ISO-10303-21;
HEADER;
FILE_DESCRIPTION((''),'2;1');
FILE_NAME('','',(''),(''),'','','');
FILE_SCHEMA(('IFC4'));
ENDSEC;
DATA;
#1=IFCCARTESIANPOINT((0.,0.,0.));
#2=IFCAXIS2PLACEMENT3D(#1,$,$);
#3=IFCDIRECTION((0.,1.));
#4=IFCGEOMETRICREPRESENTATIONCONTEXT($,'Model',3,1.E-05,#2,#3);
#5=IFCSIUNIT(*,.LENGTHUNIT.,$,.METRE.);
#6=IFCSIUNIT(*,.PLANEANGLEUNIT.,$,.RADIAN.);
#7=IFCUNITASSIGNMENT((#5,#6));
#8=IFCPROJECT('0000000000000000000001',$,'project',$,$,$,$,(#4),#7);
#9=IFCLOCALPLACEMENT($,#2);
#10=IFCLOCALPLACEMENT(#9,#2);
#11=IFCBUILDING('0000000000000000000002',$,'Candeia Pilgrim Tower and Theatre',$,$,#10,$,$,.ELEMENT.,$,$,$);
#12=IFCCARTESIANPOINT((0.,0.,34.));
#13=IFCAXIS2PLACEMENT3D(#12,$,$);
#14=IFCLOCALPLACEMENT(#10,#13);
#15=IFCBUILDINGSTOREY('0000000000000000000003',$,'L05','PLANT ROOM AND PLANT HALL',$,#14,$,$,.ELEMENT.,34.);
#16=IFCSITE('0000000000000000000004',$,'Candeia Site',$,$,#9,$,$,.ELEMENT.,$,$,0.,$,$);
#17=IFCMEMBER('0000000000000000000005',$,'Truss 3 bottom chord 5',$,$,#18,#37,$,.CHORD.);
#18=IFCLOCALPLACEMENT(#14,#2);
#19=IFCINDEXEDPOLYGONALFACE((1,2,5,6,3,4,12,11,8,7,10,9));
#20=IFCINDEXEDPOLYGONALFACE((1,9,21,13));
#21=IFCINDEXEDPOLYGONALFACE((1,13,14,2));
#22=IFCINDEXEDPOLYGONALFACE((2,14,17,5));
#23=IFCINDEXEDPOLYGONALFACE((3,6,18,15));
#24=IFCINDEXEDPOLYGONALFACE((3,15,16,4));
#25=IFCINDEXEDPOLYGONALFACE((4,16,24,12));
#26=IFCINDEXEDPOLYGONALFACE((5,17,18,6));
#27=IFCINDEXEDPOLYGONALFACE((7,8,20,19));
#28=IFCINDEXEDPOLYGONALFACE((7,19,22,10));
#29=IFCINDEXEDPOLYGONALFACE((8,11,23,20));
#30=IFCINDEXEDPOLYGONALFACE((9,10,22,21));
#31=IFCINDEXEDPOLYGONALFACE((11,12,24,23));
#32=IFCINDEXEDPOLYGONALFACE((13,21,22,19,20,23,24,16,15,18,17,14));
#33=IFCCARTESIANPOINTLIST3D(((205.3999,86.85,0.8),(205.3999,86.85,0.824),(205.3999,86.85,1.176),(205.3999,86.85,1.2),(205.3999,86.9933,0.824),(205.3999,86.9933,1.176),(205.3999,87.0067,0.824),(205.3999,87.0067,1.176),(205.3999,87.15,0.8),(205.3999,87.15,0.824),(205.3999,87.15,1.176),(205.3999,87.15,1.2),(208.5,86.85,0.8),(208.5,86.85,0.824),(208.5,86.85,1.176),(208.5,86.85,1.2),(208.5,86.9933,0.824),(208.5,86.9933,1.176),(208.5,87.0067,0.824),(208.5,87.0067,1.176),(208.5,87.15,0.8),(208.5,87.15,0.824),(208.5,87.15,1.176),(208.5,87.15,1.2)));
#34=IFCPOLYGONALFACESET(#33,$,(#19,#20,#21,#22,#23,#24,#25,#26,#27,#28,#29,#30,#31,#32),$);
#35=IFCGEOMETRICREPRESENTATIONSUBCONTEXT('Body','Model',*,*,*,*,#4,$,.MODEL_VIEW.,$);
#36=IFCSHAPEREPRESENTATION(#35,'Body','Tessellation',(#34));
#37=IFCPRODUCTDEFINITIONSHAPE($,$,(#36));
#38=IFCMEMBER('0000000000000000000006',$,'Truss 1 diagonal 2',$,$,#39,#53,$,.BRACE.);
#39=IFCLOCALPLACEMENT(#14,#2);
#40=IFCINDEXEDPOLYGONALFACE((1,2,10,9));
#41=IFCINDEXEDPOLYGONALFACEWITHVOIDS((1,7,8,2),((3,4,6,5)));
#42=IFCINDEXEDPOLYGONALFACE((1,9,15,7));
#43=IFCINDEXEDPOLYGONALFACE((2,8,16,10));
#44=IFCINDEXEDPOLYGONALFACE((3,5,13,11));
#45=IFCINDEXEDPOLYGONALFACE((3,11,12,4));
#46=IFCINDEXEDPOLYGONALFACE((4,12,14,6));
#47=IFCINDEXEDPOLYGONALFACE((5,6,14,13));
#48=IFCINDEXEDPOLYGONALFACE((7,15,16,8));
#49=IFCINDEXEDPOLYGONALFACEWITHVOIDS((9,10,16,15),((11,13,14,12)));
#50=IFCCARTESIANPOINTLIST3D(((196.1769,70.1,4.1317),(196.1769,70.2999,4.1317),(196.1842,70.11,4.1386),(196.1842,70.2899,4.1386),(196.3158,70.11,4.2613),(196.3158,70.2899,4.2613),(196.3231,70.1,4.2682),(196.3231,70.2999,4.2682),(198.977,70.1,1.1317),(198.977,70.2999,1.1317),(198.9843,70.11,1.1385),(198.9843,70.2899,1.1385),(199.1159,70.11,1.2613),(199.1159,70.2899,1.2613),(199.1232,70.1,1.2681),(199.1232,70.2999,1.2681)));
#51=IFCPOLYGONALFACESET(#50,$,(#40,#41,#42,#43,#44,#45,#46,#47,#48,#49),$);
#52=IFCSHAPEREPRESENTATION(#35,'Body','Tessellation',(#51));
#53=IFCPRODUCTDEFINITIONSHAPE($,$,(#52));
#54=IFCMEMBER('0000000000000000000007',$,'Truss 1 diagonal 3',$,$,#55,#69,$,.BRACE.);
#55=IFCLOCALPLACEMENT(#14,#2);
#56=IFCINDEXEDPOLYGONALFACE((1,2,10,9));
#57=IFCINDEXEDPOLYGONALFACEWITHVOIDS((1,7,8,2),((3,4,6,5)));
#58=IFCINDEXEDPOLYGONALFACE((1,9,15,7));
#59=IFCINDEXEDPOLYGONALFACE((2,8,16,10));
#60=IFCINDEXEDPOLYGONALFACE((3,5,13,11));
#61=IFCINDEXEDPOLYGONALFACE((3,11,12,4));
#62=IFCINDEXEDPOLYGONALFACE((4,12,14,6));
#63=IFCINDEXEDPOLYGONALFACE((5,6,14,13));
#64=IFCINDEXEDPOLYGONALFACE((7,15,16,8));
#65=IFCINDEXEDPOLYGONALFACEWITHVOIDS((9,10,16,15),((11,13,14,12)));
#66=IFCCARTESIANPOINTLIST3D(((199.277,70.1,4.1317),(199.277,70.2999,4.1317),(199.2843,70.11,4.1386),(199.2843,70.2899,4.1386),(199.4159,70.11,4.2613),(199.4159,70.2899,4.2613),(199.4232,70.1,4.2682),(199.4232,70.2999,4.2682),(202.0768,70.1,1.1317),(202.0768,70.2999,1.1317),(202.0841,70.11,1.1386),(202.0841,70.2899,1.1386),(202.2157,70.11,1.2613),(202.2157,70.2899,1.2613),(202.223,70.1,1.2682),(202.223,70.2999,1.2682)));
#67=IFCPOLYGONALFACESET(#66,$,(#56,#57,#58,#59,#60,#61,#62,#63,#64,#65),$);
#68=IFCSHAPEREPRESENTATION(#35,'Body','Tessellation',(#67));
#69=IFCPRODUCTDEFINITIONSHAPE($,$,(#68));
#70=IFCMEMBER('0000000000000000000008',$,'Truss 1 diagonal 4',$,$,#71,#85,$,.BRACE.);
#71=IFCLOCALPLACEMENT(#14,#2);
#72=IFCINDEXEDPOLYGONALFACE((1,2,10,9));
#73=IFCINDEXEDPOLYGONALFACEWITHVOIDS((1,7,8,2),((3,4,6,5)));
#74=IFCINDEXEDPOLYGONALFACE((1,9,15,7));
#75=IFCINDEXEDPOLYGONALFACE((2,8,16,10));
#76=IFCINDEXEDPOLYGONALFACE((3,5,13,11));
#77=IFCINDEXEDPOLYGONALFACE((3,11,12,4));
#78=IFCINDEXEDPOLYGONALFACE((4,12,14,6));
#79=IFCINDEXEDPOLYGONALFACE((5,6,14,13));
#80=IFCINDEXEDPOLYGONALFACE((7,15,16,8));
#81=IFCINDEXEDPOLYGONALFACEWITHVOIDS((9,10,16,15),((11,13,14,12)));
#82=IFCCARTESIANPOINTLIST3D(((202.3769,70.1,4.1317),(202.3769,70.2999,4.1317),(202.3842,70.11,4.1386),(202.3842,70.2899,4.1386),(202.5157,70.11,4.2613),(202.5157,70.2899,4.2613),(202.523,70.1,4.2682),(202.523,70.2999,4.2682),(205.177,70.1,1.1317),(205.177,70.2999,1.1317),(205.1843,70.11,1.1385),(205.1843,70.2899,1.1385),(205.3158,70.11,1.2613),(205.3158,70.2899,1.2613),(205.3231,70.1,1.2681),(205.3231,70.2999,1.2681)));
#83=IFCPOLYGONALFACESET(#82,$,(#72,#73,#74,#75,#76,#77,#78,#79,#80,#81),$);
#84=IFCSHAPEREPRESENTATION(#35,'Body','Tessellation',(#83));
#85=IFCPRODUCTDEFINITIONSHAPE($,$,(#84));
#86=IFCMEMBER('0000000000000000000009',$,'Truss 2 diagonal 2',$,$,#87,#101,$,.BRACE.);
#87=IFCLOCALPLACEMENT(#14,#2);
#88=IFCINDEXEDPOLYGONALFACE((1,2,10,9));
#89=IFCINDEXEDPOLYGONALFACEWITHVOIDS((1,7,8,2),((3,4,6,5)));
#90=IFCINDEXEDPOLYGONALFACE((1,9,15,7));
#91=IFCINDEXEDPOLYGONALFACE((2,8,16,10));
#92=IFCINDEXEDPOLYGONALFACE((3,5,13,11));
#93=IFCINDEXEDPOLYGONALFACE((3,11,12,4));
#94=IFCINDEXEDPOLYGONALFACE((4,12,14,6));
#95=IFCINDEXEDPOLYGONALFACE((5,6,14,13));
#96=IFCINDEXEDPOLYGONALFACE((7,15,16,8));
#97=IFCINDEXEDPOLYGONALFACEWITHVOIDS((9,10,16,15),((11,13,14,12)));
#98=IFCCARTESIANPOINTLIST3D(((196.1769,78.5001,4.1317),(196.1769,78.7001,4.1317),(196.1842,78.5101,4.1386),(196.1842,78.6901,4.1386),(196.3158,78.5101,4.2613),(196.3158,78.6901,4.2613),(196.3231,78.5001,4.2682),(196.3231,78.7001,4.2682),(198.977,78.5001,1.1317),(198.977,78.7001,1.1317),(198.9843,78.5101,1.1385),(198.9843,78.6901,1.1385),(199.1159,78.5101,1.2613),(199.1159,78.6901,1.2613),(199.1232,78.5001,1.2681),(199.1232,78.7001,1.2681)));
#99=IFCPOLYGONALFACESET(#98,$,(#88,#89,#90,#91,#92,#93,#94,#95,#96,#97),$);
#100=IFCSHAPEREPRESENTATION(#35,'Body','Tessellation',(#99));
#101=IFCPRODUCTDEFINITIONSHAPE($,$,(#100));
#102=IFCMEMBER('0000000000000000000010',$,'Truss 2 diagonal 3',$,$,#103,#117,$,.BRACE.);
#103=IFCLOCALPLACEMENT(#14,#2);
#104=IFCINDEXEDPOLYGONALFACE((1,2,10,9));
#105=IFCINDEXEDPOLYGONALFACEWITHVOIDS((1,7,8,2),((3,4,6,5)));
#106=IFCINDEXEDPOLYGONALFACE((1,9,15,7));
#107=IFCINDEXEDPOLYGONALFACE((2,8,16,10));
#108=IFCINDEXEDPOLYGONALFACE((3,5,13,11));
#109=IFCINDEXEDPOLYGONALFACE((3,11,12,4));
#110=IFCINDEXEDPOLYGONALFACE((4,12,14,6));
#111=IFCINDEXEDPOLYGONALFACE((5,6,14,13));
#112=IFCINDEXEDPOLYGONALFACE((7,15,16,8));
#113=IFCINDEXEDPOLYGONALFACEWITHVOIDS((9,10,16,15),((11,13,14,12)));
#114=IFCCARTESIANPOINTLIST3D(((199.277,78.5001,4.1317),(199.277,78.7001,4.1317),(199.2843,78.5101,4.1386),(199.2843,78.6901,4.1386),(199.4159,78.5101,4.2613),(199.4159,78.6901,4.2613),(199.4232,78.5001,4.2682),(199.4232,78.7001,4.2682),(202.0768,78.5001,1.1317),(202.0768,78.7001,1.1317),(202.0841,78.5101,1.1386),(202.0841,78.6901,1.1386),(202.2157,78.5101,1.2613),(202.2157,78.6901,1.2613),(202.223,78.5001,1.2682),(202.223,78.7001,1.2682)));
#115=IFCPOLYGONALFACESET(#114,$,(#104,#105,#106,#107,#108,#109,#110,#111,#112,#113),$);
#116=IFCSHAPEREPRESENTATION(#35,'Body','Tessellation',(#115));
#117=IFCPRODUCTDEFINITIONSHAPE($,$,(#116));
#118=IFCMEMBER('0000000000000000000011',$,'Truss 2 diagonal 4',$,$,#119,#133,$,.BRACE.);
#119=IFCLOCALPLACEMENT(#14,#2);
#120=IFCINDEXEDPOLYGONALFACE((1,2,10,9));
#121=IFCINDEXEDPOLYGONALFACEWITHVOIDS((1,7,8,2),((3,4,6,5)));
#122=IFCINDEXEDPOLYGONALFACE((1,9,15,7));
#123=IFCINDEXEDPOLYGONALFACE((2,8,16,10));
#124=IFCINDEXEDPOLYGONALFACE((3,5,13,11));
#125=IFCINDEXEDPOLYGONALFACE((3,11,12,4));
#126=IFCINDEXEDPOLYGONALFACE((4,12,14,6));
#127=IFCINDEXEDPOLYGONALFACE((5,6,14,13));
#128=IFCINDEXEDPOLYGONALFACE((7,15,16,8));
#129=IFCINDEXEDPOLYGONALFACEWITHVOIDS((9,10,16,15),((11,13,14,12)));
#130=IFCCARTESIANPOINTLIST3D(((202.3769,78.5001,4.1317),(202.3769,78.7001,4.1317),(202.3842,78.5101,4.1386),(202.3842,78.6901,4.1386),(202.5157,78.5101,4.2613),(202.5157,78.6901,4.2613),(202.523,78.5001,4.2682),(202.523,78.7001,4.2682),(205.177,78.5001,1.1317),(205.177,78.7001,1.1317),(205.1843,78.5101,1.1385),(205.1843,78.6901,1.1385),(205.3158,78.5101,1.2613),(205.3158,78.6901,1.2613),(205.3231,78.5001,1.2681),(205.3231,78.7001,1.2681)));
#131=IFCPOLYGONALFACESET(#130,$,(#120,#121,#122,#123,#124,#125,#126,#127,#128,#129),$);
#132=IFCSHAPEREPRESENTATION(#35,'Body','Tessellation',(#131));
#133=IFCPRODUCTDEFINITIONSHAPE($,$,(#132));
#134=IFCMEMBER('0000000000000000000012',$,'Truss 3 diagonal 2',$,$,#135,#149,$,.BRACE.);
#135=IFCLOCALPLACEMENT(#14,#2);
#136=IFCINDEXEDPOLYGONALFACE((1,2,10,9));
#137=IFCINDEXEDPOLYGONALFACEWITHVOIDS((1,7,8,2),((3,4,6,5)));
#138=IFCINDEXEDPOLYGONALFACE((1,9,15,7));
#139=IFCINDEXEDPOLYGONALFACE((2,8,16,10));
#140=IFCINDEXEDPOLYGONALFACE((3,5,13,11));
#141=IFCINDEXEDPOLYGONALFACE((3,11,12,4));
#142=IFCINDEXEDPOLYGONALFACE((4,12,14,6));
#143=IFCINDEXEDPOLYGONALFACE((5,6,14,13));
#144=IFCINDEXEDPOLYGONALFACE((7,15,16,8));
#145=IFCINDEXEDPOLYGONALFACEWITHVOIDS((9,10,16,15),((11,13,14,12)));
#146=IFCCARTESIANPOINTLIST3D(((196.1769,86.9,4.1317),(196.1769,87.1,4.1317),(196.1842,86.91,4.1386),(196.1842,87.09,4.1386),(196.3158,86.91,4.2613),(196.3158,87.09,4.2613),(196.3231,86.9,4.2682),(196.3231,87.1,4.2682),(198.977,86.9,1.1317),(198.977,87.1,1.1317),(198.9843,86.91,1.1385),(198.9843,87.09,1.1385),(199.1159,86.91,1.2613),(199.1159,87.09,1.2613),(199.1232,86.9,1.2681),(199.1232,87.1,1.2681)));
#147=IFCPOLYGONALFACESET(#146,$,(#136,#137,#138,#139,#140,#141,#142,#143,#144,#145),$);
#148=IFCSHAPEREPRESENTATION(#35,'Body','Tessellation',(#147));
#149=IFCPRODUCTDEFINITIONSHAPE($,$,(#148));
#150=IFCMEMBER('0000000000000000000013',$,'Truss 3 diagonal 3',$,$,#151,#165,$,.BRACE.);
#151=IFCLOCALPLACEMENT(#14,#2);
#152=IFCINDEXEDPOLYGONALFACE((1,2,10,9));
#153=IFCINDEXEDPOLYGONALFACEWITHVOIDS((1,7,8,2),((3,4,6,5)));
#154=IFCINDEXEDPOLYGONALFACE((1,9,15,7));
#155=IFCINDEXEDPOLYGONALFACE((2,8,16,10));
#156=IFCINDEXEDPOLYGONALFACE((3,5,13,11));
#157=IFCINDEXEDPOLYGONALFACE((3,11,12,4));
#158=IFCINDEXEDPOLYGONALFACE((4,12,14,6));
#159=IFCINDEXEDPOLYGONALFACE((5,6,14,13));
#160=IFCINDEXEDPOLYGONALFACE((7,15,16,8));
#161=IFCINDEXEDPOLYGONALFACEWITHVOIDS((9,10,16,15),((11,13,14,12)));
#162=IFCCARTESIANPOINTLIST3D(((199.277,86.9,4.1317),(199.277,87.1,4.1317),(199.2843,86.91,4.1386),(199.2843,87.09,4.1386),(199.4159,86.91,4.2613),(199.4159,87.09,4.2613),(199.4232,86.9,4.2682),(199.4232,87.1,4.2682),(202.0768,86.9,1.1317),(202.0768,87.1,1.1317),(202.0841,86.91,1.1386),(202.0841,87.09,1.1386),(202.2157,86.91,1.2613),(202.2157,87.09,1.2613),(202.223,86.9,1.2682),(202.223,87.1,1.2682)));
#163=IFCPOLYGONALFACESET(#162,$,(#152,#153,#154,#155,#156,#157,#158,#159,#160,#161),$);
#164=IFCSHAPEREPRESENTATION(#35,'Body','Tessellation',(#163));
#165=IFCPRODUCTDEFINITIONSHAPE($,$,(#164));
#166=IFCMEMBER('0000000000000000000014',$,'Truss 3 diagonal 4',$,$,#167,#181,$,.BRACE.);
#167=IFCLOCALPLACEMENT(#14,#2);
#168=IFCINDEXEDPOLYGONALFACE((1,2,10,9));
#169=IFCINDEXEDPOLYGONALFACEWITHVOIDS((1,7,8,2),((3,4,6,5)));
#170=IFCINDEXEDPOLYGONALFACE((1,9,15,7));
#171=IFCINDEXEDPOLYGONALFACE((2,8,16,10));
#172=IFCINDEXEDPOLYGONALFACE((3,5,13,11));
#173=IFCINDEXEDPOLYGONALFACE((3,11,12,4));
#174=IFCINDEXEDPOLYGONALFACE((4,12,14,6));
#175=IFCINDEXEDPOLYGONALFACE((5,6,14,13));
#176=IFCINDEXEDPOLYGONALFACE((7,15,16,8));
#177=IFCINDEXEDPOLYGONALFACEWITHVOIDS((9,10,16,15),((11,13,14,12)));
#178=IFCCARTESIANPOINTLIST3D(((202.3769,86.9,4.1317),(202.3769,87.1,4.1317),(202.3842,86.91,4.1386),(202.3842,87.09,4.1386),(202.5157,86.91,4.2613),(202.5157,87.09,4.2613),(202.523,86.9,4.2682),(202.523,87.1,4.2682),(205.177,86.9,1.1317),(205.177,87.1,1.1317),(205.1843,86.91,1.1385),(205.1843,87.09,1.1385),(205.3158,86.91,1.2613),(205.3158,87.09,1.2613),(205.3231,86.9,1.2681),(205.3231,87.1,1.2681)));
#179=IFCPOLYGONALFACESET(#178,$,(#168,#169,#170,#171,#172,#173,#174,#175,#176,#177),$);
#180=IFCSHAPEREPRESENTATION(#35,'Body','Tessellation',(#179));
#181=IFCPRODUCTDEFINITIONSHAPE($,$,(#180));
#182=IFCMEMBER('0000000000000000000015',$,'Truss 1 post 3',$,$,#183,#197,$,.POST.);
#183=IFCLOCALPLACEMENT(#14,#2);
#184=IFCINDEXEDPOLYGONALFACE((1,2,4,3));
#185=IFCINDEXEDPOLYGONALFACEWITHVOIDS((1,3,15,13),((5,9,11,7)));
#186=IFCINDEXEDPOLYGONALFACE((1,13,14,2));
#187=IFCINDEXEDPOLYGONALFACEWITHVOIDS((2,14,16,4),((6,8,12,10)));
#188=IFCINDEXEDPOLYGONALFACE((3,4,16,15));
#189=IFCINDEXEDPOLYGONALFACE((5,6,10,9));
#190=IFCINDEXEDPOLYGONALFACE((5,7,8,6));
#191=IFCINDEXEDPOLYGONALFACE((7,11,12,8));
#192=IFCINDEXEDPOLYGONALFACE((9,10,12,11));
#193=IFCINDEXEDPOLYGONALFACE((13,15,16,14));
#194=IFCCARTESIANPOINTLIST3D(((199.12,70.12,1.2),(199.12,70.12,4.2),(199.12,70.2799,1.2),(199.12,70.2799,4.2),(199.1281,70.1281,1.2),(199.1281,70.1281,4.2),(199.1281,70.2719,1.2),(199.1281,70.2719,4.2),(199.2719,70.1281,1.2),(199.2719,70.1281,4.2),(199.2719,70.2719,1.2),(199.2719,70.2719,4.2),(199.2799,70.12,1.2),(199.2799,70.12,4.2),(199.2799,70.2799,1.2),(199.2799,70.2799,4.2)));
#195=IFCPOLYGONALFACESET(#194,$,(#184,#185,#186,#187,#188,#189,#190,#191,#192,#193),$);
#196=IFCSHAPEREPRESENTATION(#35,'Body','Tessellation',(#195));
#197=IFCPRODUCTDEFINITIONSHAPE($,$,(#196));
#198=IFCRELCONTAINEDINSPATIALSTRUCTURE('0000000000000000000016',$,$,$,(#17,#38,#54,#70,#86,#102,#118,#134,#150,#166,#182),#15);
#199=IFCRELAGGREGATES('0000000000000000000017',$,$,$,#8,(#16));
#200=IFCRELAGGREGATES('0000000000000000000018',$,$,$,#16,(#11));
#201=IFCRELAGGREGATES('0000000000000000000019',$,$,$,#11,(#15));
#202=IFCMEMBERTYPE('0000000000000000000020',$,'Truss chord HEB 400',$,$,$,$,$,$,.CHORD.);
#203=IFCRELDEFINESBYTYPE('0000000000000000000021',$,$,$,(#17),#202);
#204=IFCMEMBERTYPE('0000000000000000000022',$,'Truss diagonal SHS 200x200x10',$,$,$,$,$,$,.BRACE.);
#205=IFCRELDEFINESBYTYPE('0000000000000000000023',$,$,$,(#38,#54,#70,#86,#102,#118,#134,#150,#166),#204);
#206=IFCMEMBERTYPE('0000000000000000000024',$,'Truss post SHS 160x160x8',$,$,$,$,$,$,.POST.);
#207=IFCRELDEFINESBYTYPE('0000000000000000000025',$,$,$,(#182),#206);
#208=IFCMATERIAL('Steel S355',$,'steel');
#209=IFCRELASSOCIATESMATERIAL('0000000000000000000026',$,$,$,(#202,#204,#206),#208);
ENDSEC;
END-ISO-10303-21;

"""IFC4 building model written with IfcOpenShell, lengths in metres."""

from ifc_helpers import new_model, si_unit, direction, frame, origin, origin_2d, place, context, subcontext, project, spatial, hollow_rectangle, i_section, extrude, material, material_profile, profile_set, type_object, element, save


model = new_model("IFC4")

# Units and contexts
model_context = context("Model", 3, precision=1e-05, world=origin(), true_north=direction((0.0, 1.0)))
body_context = subcontext(model_context, "Body", "Model", "MODEL_VIEW")
ifc_project = project(units=[si_unit("LENGTHUNIT", "METRE"), si_unit("PLANEANGLEUNIT", "RADIAN")], contexts=[model_context])

# Site, building, storey
site_placement = place(None, origin())
site = spatial("IfcSite", under=ifc_project, at=site_placement, Name="Candeia Site", CompositionType="ELEMENT", RefElevation=0.0)
building_placement = place(site_placement, origin())
building = spatial("IfcBuilding", under=site, at=building_placement, Name="Candeia Pilgrim Tower and Theatre", CompositionType="ELEMENT")
storey_placement = place(building_placement, frame((0.0, 0.0, 34.0)))
storey = spatial("IfcBuildingStorey", under=building, at=storey_placement, Name="L05", Description="PLANT ROOM AND PLANT HALL", CompositionType="ELEMENT", Elevation=34.0)

# Members
ifc_material = material(Name="Steel S355", Category="steel")
ifc_material_profile_1 = material_profile(ifc_material, i_section(OverallWidth=0.3, OverallDepth=0.3999, WebThickness=0.0134, FlangeThickness=0.0239, at=origin_2d()))
ifc_profile_set_1 = profile_set([ifc_material_profile_1], Name="Steel S355")
member_type_1 = type_object("IfcMemberType", Name="Truss chord HEB 400", PredefinedType="CHORD", material=ifc_profile_set_1)
member_1_placement = place(storey_placement, frame((205.3999, 87.0, 1.0), z_axis=(1.0, 0.0, 0.0), x_axis=(0.0, 1.0, 0.0)))
element("IfcMember", 1, at=member_1_placement, inside=storey, type_object=member_type_1, Name="Truss 3 bottom chord 5", PredefinedType="CHORD", context=body_context, shape_type="SweptSolid", body=[
    extrude(i_section(OverallWidth=0.3, OverallDepth=0.3999, WebThickness=0.0134, FlangeThickness=0.0239, at=origin_2d()), origin(), (0.0, 0.0, 1.0), 3.1001),
])
ifc_material_profile_2 = material_profile(ifc_material, hollow_rectangle(XDim=0.2, YDim=0.2, WallThickness=0.01, at=origin_2d()))
ifc_profile_set_2 = profile_set([ifc_material_profile_2], Name="Steel S355")
member_type_2 = type_object("IfcMemberType", Name="Truss diagonal SHS 200x200x10", PredefinedType="BRACE", material=ifc_profile_set_2)
member_2_placement = place(storey_placement, frame((196.25, 70.2, 4.2), z_axis=(0.682325, 0.0, -0.731049), x_axis=(0.0, 1.0, 0.0)))
element("IfcMember", 2, at=member_2_placement, inside=storey, type_object=member_type_2, Name="Truss 1 diagonal 2", PredefinedType="BRACE", context=body_context, shape_type="SweptSolid", body=[
    extrude(hollow_rectangle(XDim=0.2, YDim=0.2, WallThickness=0.01, at=origin_2d()), origin(), (0.0, 0.0, 1.0), 4.1038),
])
member_3_placement = place(storey_placement, frame((199.3501, 70.2, 4.2), z_axis=(0.682293, 0.0, -0.731079), x_axis=(0.0, 1.0, 0.0)))
element("IfcMember", 3, at=member_3_placement, inside=storey, type_object=member_type_2, Name="Truss 1 diagonal 3", PredefinedType="BRACE", context=body_context, shape_type="SweptSolid", body=[
    extrude(hollow_rectangle(XDim=0.2, YDim=0.2, WallThickness=0.01, at=origin_2d()), origin(), (0.0, 0.0, 1.0), 4.1035),
])
for number, where, z_axis, x_axis, name in (
    (4, (202.45, 70.2, 4.2), (0.682325, 0.0, -0.731049), (0.0, 1.0, 0.0), "Truss 1 diagonal 4"),
    (5, (196.25, 78.6001, 4.2), (0.682325, 0.0, -0.731049), (0.0, 1.0, 0.0), "Truss 2 diagonal 2"),
):
    element("IfcMember", number, at=place(storey_placement, frame(where, z_axis=z_axis, x_axis=x_axis)), inside=storey, type_object=member_type_2, Name=name, PredefinedType="BRACE", context=body_context, shape_type="SweptSolid", body=[
        extrude(hollow_rectangle(XDim=0.2, YDim=0.2, WallThickness=0.01, at=origin_2d()), origin(), (0.0, 0.0, 1.0), 4.1038),
    ])
member_4_placement = place(storey_placement, frame((199.3501, 78.6001, 4.2), z_axis=(0.682293, 0.0, -0.731079), x_axis=(0.0, 1.0, 0.0)))
element("IfcMember", 6, at=member_4_placement, inside=storey, type_object=member_type_2, Name="Truss 2 diagonal 3", PredefinedType="BRACE", context=body_context, shape_type="SweptSolid", body=[
    extrude(hollow_rectangle(XDim=0.2, YDim=0.2, WallThickness=0.01, at=origin_2d()), origin(), (0.0, 0.0, 1.0), 4.1035),
])
for number, where, z_axis, x_axis, name in (
    (7, (202.45, 78.6001, 4.2), (0.682325, 0.0, -0.731049), (0.0, 1.0, 0.0), "Truss 2 diagonal 4"),
    (8, (196.25, 87.0, 4.2), (0.682325, 0.0, -0.731049), (0.0, 1.0, 0.0), "Truss 3 diagonal 2"),
):
    element("IfcMember", number, at=place(storey_placement, frame(where, z_axis=z_axis, x_axis=x_axis)), inside=storey, type_object=member_type_2, Name=name, PredefinedType="BRACE", context=body_context, shape_type="SweptSolid", body=[
        extrude(hollow_rectangle(XDim=0.2, YDim=0.2, WallThickness=0.01, at=origin_2d()), origin(), (0.0, 0.0, 1.0), 4.1038),
    ])
member_5_placement = place(storey_placement, frame((199.3501, 87.0, 4.2), z_axis=(0.682293, 0.0, -0.731079), x_axis=(0.0, 1.0, 0.0)))
element("IfcMember", 9, at=member_5_placement, inside=storey, type_object=member_type_2, Name="Truss 3 diagonal 3", PredefinedType="BRACE", context=body_context, shape_type="SweptSolid", body=[
    extrude(hollow_rectangle(XDim=0.2, YDim=0.2, WallThickness=0.01, at=origin_2d()), origin(), (0.0, 0.0, 1.0), 4.1035),
])
member_6_placement = place(storey_placement, frame((202.45, 87.0, 4.2), z_axis=(0.682325, 0.0, -0.731049), x_axis=(0.0, 1.0, 0.0)))
element("IfcMember", 10, at=member_6_placement, inside=storey, type_object=member_type_2, Name="Truss 3 diagonal 4", PredefinedType="BRACE", context=body_context, shape_type="SweptSolid", body=[
    extrude(hollow_rectangle(XDim=0.2, YDim=0.2, WallThickness=0.01, at=origin_2d()), origin(), (0.0, 0.0, 1.0), 4.1038),
])
ifc_material_profile_3 = material_profile(ifc_material, hollow_rectangle(XDim=0.1599, YDim=0.1599, WallThickness=0.0081, at=origin_2d()))
ifc_profile_set_3 = profile_set([ifc_material_profile_3], Name="Steel S355")
member_type_3 = type_object("IfcMemberType", Name="Truss post SHS 160x160x8", PredefinedType="POST", material=ifc_profile_set_3)
for number, where, z_axis, x_axis, name in (
    (11, (199.2, 70.2, 1.2), (0.0, 0.0, 1.0), (1.0, 0.0, 0.0), "Truss 1 post 3"),
):
    element("IfcMember", number, at=place(storey_placement, frame(where, z_axis=z_axis, x_axis=x_axis)), inside=storey, type_object=member_type_3, Name=name, PredefinedType="POST", context=body_context, shape_type="SweptSolid", body=[
        extrude(hollow_rectangle(XDim=0.1599, YDim=0.1599, WallThickness=0.0081, at=origin_2d()), origin(), (0.0, 0.0, 1.0), 3.0),
    ])

save(model, "model.ifc")
